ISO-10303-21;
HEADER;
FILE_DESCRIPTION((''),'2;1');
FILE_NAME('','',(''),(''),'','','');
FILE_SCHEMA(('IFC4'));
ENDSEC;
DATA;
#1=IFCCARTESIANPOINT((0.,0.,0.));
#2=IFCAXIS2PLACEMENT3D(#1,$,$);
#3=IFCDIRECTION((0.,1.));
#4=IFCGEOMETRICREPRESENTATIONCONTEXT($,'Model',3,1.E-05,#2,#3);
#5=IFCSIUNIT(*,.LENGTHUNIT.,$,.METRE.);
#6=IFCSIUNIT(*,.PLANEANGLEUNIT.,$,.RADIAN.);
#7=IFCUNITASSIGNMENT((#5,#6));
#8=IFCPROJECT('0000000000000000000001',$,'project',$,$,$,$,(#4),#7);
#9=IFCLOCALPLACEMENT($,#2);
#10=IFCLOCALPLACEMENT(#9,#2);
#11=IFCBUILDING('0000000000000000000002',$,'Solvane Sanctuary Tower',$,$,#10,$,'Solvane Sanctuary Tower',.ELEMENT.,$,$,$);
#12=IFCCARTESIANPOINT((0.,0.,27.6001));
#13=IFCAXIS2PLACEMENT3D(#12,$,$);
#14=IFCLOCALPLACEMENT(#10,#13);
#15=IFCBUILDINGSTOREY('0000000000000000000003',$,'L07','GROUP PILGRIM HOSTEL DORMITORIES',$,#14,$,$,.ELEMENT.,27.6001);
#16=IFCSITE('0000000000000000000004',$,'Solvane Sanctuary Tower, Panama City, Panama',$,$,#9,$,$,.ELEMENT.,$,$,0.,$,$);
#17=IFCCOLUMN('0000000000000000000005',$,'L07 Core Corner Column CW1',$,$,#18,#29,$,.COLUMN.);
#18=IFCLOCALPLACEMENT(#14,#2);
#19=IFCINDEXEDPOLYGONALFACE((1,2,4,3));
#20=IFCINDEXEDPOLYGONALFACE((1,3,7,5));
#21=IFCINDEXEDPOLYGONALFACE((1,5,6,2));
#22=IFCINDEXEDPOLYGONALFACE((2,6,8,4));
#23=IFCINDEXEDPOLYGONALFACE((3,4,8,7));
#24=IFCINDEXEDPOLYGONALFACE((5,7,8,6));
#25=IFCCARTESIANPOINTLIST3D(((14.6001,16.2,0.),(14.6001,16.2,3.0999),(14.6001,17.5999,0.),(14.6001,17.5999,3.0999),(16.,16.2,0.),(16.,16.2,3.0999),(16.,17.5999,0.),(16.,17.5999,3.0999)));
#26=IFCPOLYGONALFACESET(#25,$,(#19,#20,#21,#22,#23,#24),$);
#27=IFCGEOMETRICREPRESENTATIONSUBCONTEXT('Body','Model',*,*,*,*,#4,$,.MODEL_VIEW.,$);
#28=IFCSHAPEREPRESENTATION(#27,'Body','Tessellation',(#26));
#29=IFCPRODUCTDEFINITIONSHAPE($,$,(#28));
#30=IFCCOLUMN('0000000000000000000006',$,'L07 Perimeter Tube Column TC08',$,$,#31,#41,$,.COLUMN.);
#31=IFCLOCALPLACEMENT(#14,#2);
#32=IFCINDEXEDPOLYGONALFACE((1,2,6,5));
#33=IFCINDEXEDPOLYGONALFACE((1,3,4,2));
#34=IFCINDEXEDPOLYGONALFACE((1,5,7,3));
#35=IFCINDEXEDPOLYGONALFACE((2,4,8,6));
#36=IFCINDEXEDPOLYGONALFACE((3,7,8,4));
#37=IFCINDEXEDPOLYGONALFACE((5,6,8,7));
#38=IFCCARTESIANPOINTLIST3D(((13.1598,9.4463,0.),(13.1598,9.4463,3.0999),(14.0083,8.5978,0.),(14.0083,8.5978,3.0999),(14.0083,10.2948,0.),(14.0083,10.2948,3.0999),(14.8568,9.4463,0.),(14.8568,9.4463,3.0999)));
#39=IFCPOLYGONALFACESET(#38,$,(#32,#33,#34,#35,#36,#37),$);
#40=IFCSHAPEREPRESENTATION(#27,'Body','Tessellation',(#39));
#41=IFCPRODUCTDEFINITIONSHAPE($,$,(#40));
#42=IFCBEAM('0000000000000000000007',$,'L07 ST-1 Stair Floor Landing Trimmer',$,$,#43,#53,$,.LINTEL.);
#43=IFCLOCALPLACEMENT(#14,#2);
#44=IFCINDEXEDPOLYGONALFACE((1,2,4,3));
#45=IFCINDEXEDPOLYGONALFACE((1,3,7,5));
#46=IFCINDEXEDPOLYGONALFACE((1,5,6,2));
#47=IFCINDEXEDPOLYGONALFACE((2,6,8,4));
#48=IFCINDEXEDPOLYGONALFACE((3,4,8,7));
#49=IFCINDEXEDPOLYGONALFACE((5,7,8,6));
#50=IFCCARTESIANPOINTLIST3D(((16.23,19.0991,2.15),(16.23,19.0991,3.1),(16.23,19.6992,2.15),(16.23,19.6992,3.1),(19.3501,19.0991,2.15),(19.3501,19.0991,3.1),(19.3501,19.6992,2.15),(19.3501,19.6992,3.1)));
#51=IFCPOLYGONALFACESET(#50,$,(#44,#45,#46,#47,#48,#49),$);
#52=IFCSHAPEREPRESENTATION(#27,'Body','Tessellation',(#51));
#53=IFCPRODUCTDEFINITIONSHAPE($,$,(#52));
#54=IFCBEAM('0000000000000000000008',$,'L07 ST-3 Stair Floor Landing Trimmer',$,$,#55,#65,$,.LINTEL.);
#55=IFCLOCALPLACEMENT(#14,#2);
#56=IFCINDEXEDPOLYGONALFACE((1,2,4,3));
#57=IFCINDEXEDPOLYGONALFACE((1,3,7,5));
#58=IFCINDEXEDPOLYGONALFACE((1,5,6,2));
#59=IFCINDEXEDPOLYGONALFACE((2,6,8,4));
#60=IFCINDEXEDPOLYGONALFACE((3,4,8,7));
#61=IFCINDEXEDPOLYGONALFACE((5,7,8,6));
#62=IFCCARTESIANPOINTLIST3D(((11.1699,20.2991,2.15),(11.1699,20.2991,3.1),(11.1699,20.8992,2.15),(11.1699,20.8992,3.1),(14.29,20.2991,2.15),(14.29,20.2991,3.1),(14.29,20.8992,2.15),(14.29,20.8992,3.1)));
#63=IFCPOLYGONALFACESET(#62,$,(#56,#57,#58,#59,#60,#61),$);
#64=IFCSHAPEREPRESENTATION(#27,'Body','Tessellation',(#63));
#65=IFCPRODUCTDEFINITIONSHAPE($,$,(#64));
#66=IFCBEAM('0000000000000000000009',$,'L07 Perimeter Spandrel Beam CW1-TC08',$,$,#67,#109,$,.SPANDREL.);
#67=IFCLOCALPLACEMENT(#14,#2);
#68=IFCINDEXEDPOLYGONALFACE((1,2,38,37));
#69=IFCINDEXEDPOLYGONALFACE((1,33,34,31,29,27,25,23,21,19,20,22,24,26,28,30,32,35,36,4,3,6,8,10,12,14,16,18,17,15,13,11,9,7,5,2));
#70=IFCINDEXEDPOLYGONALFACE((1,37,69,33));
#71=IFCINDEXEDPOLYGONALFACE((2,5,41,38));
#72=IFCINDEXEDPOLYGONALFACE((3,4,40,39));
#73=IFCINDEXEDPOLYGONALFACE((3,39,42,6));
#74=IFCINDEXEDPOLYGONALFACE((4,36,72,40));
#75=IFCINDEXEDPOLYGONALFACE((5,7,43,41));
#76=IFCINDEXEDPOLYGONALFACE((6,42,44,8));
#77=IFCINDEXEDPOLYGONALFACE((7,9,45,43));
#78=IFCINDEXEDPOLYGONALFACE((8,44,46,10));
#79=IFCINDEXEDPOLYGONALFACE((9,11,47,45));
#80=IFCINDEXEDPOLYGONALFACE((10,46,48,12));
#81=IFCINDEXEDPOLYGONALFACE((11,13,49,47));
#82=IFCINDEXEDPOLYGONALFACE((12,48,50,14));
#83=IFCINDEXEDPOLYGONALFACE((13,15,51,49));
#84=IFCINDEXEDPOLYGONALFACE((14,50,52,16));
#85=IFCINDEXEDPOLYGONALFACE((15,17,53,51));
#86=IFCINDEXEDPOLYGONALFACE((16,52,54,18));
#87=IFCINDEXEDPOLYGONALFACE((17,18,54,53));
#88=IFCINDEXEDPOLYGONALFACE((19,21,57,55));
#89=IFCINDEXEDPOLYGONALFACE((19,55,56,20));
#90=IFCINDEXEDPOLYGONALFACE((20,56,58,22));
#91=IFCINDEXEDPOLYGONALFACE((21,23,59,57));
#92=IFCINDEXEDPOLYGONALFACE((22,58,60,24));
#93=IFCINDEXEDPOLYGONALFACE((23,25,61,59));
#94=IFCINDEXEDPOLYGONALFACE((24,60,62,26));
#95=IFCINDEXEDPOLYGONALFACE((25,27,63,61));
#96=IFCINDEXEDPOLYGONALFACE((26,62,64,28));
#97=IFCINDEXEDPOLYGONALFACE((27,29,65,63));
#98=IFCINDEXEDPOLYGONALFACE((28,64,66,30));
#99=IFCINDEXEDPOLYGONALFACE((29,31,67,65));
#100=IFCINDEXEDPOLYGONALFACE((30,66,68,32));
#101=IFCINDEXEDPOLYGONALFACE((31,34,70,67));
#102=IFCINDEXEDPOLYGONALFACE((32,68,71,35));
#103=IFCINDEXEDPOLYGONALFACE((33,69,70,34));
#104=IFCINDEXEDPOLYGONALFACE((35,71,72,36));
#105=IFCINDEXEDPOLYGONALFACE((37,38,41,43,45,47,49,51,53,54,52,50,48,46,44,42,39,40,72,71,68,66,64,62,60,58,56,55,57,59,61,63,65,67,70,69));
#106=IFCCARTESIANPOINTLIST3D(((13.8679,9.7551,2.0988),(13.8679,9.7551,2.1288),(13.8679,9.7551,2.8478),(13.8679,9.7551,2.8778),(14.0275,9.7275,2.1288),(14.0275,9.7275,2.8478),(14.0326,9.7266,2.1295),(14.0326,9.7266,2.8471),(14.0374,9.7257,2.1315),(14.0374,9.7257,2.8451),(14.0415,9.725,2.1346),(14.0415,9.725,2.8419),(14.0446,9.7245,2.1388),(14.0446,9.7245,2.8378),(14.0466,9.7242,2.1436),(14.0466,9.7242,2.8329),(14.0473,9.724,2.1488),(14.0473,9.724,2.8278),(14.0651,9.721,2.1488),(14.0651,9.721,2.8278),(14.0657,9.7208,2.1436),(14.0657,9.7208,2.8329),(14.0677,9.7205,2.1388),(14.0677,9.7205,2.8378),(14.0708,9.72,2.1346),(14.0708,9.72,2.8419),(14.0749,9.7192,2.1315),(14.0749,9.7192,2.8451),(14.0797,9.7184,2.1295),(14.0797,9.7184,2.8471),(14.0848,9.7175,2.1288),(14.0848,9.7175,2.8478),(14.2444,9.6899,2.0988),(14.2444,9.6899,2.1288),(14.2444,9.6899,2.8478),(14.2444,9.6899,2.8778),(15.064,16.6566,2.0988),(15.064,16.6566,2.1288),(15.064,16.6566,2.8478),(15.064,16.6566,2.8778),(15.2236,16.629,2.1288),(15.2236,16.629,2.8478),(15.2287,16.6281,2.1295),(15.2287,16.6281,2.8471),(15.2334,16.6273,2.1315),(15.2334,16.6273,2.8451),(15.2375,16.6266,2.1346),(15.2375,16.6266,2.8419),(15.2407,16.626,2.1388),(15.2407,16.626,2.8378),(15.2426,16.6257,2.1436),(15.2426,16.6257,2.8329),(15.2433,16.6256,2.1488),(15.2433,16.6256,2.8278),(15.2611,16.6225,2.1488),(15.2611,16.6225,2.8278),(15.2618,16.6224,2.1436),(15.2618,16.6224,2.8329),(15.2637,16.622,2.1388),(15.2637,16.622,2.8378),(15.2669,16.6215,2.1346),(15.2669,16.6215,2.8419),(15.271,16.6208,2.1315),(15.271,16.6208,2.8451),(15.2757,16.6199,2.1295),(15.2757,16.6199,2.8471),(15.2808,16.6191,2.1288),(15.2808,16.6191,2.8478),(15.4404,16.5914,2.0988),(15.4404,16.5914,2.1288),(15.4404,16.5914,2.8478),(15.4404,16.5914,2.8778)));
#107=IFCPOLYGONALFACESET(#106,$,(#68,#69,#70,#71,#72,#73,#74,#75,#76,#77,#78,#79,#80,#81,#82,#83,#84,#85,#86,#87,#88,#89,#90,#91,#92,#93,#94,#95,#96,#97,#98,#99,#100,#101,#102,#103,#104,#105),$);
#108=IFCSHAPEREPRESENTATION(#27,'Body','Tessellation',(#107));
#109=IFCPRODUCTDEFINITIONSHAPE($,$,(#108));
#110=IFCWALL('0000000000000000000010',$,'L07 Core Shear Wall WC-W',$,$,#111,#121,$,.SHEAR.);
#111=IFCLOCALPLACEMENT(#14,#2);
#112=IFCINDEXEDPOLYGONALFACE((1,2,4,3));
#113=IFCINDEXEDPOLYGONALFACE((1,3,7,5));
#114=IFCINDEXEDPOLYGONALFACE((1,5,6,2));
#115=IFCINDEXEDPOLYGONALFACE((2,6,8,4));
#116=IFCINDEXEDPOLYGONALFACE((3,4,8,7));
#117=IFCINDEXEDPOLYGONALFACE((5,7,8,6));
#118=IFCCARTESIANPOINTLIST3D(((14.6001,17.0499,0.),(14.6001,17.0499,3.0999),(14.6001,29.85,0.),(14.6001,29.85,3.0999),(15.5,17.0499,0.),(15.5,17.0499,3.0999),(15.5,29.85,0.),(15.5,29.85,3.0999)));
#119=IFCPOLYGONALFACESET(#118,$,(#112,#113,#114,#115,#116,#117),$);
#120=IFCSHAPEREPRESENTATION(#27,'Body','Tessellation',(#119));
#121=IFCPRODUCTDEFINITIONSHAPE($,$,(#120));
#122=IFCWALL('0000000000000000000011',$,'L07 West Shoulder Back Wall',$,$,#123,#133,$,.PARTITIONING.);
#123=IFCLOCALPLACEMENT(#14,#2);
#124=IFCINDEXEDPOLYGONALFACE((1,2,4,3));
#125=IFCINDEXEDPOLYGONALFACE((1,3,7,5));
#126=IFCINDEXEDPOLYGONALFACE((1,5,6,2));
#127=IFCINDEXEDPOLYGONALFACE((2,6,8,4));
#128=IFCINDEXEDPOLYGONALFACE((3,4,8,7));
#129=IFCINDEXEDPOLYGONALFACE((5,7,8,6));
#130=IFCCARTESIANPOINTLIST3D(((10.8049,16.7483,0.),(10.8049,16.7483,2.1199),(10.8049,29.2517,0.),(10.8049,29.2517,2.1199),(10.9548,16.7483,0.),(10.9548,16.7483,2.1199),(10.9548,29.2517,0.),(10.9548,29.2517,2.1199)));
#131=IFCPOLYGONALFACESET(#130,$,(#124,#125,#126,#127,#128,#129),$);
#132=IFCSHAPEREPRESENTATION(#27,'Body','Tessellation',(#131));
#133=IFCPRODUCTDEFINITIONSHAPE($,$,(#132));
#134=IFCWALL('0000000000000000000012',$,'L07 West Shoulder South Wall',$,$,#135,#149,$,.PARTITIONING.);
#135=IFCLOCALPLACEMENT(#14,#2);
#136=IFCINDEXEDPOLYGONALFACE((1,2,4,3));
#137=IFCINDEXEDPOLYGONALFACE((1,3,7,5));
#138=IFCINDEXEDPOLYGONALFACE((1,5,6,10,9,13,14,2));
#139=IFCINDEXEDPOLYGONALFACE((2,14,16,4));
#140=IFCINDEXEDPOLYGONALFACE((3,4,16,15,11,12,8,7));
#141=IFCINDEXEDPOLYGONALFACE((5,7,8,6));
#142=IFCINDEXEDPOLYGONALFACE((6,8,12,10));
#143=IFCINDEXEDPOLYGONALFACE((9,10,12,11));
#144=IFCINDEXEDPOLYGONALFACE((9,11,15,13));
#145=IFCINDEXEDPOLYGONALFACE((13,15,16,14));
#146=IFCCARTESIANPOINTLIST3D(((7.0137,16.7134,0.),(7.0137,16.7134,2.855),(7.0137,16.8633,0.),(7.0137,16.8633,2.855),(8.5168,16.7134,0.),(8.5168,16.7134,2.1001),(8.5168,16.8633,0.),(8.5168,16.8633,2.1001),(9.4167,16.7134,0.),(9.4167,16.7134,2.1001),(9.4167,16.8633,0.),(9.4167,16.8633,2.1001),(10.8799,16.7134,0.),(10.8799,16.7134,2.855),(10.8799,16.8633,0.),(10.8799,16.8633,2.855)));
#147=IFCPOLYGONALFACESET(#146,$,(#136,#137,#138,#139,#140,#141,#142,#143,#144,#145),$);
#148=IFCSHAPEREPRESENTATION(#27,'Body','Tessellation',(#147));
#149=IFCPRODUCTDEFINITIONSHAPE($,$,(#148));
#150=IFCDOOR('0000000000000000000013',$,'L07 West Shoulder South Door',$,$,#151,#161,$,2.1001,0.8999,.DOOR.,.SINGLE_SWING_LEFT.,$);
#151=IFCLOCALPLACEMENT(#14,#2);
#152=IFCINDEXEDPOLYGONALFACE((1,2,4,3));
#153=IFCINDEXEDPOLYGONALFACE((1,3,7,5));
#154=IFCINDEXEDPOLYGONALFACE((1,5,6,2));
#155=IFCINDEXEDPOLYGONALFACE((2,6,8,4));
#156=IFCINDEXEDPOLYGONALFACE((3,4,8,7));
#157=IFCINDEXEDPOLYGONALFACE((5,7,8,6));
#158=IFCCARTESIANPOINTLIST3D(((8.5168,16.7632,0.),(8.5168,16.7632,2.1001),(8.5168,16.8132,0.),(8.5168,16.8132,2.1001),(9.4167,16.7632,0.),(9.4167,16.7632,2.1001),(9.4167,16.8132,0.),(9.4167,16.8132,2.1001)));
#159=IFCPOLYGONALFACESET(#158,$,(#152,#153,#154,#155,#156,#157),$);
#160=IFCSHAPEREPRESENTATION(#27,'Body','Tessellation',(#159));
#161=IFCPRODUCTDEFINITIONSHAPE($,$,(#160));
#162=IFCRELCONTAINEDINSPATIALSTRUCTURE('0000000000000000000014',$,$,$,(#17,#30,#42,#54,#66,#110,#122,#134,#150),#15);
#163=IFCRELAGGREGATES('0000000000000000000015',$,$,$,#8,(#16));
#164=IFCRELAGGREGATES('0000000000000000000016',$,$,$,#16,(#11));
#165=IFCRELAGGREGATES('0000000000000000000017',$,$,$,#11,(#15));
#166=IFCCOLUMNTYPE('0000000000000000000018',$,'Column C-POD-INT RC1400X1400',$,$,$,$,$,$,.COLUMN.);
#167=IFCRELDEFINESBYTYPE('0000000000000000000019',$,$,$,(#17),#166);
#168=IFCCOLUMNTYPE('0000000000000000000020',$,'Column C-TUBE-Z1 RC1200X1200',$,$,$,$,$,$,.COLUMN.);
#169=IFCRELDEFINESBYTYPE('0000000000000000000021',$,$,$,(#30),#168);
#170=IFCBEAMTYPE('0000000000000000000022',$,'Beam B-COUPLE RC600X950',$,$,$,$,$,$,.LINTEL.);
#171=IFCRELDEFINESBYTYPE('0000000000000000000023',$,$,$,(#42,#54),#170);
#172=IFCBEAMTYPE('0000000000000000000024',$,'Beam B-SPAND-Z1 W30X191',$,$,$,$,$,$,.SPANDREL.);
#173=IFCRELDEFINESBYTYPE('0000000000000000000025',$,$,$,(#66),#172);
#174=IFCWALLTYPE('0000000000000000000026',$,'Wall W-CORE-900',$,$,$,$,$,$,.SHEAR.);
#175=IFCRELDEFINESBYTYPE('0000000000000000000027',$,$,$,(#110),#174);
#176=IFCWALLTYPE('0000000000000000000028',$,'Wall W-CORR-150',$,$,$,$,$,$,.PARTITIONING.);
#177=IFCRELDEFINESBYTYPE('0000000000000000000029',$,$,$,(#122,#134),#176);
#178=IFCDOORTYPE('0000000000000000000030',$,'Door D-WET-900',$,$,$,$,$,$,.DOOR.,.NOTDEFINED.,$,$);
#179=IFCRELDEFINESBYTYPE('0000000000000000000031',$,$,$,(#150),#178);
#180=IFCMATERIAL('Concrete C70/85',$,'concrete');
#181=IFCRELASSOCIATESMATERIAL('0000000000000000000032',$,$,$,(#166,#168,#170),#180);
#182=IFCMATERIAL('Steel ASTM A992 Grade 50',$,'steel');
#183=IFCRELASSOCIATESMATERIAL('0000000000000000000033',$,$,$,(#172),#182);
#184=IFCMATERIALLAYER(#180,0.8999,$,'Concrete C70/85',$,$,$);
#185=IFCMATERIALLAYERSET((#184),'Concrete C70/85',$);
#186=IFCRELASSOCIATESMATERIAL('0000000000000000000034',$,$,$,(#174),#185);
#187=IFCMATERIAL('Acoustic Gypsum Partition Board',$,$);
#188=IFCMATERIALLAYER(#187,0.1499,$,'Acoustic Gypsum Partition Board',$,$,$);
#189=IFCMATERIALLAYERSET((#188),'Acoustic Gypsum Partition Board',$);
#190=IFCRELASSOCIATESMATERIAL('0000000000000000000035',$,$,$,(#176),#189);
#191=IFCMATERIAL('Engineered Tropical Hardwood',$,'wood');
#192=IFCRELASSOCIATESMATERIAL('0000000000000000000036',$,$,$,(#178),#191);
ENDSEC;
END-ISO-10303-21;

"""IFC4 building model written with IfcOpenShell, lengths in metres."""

from ifc_helpers import new_model, si_unit, direction, frame, frame_2d, origin, origin_2d, place, context, subcontext, project, spatial, rectangle, i_section, extrude, material, layer, layer_set, material_profile, profile_set, type_object, element, fill, save


model = new_model("IFC4")

# Units and contexts
model_context = context("Model", 3, precision=1e-05, world=origin(), true_north=direction((0.0, 1.0)))
body_context = subcontext(model_context, "Body", "Model", "MODEL_VIEW")
ifc_project = project(units=[si_unit("LENGTHUNIT", "METRE"), si_unit("PLANEANGLEUNIT", "RADIAN")], contexts=[model_context])

# Site, building, storey
site_placement = place(None, origin())
site = spatial("IfcSite", under=ifc_project, at=site_placement, Name="Solvane Sanctuary Tower, Panama City, Panama", CompositionType="ELEMENT", RefElevation=0.0)
building_placement = place(site_placement, origin())
building = spatial("IfcBuilding", under=site, at=building_placement, Name="Solvane Sanctuary Tower", LongName="Solvane Sanctuary Tower", CompositionType="ELEMENT")
storey_placement = place(building_placement, frame((0.0, 0.0, 27.6001)))
storey = spatial("IfcBuildingStorey", under=building, at=storey_placement, Name="L07", Description="GROUP PILGRIM HOSTEL DORMITORIES", CompositionType="ELEMENT", Elevation=27.6001)

# Columns
ifc_material_1 = material(Name="Concrete C70/85", Category="concrete")
ifc_material_profile_1 = material_profile(ifc_material_1, rectangle(XDim=1.3999, YDim=1.3999, at=origin_2d()), Name="RC1400X1400")
ifc_profile_set_1 = profile_set([ifc_material_profile_1], Name="Concrete C70/85")
column_type_1 = type_object("IfcColumnType", Name="Column C-POD-INT RC1400X1400", PredefinedType="COLUMN", material=ifc_profile_set_1)
column_1_placement = place(storey_placement, frame((15.3, 16.8999, 0.0), z_axis=(0.0, 0.0, 1.0), x_axis=(1.0, 0.0, 0.0)))
element("IfcColumn", 1, at=column_1_placement, inside=storey, type_object=column_type_1, Name="L07 Core Corner Column CW1", PredefinedType="COLUMN", context=body_context, shape_type="SweptSolid", body=[
    extrude(rectangle(XDim=1.3999, YDim=1.3999, at=origin_2d()), origin(), (0.0, 0.0, 1.0), 3.0999),
])
ifc_material_profile_2 = material_profile(ifc_material_1, rectangle(XDim=1.2, YDim=1.2, at=origin_2d()), Name="RC1200X1200")
ifc_profile_set_2 = profile_set([ifc_material_profile_2], Name="Concrete C70/85")
column_type_2 = type_object("IfcColumnType", Name="Column C-TUBE-Z1 RC1200X1200", PredefinedType="COLUMN", material=ifc_profile_set_2)
column_2_placement = place(storey_placement, frame((14.0083, 9.4463, 0.0), z_axis=(0.0, 0.0, 1.0), x_axis=(-0.707107, -0.707107, 0.0)))
element("IfcColumn", 2, at=column_2_placement, inside=storey, type_object=column_type_2, Name="L07 Perimeter Tube Column TC08", PredefinedType="COLUMN", context=body_context, shape_type="SweptSolid", body=[
    extrude(rectangle(XDim=1.2, YDim=1.2, at=origin_2d()), origin(), (0.0, 0.0, 1.0), 3.0999),
])

# Beams
ifc_material_profile_3 = material_profile(ifc_material_1, rectangle(XDim=0.6001, YDim=0.95, at=origin_2d()), Name="RC600X950")
ifc_profile_set_3 = profile_set([ifc_material_profile_3], Name="Concrete C70/85")
beam_type_1 = type_object("IfcBeamType", Name="Beam B-COUPLE RC600X950", PredefinedType="LINTEL", material=ifc_profile_set_3)
for number, where, z_axis, x_axis, name in (
    (3, (16.23, 19.3992, 2.625), (1.0, 0.0, 0.0), (0.0, 1.0, 0.0), "L07 ST-1 Stair Floor Landing Trimmer"),
    (4, (11.1699, 20.5991, 2.625), (1.0, 0.0, 0.0), (0.0, 1.0, 0.0), "L07 ST-3 Stair Floor Landing Trimmer"),
):
    element("IfcBeam", number, at=place(storey_placement, frame(where, z_axis=z_axis, x_axis=x_axis)), inside=storey, type_object=beam_type_1, Name=name, PredefinedType="LINTEL", context=body_context, shape_type="SweptSolid", body=[
        extrude(rectangle(XDim=0.6001, YDim=0.95, at=origin_2d()), origin(), (0.0, 0.0, 1.0), 3.1201),
    ])
ifc_material_2 = material(Name="Steel ASTM A992 Grade 50", Category="steel")
ifc_material_profile_4 = material_profile(ifc_material_2, i_section(OverallWidth=0.3821, OverallDepth=0.7791, WebThickness=0.0181, FlangeThickness=0.03, FilletRadius=0.02, at=origin_2d()), Name="W30X191")
ifc_profile_set_4 = profile_set([ifc_material_profile_4], Name="Steel ASTM A992 Grade 50")
beam_type_2 = type_object("IfcBeamType", Name="Beam B-SPAND-Z1 W30X191", PredefinedType="SPANDREL", material=ifc_profile_set_4)
beam_placement = place(storey_placement, frame((15.2522, 16.624, 2.4883), z_axis=(-0.170754, -0.985314, 0.0), x_axis=(0.985314, -0.170754, 0.0)))
element("IfcBeam", 5, at=beam_placement, inside=storey, type_object=beam_type_2, Name="L07 Perimeter Spandrel Beam CW1-TC08", PredefinedType="SPANDREL", context=body_context, shape_type="SweptSolid", body=[
    extrude(i_section(OverallWidth=0.3821, OverallDepth=0.7791, WebThickness=0.0181, FlangeThickness=0.03, FilletRadius=0.02, at=origin_2d()), origin(), (0.0, 0.0, 1.0), 7.0044),
])

# Walls
ifc_layer_1 = layer(ifc_material_1, 0.8999, Name="Concrete C70/85")
ifc_layer_set_1 = layer_set([ifc_layer_1], Name="Concrete C70/85")
wall_type_1 = type_object("IfcWallType", Name="Wall W-CORE-900", PredefinedType="SHEAR", material=ifc_layer_set_1)
wall_1_placement = place(storey_placement, frame((15.05, 17.05, 0.0), z_axis=(0.0, 0.0, 1.0), x_axis=(0.0, 1.0, 0.0)))
element("IfcWall", 6, at=wall_1_placement, inside=storey, type_object=wall_type_1, Name="L07 Core Shear Wall WC-W", PredefinedType="SHEAR", context=body_context, shape_type="SweptSolid", body=[
    extrude(rectangle(XDim=12.8, YDim=0.8999, at=frame_2d((6.3999, 0.0))), origin(), (0.0, 0.0, 1.0), 3.0999),
])
ifc_material_3 = material(Name="Acoustic Gypsum Partition Board")
ifc_layer_2 = layer(ifc_material_3, 0.1499, Name="Acoustic Gypsum Partition Board")
ifc_layer_set_2 = layer_set([ifc_layer_2], Name="Acoustic Gypsum Partition Board")
wall_type_2 = type_object("IfcWallType", Name="Wall W-CORR-150", PredefinedType="PARTITIONING", material=ifc_layer_set_2)
wall_2_placement = place(storey_placement, frame((10.8799, 16.7483, 0.0), z_axis=(0.0, 0.0, 1.0), x_axis=(0.0, 1.0, 0.0)))
element("IfcWall", 7, at=wall_2_placement, inside=storey, type_object=wall_type_2, Name="L07 West Shoulder Back Wall", PredefinedType="PARTITIONING", context=body_context, shape_type="SweptSolid", body=[
    extrude(rectangle(XDim=12.5034, YDim=0.1499, at=frame_2d((6.2517, 0.0))), origin(), (0.0, 0.0, 1.0), 2.1199),
])

# Wall, opening, door
wall_3_placement = place(storey_placement, frame((7.0137, 16.7883, 0.0), z_axis=(0.0, 0.0, 1.0), x_axis=(1.0, 0.0, 0.0)))
wall_3 = element("IfcWall", 8, at=wall_3_placement, inside=storey, type_object=wall_type_2, Name="L07 West Shoulder South Wall", PredefinedType="PARTITIONING", context=body_context, shape_type="SweptSolid", body=[
    extrude(rectangle(XDim=3.8662, YDim=0.1499, at=frame_2d((1.9331, 0.0))), origin(), (0.0, 0.0, 1.0), 2.855),
])
opening_1_placement = place(wall_3_placement, frame((1.5032, 0.0, 0.0)))
opening_1 = element("IfcOpeningElement", 9, at=opening_1_placement, cuts=wall_3, PredefinedType="OPENING", context=body_context, shape_type="SweptSolid", body=[
    extrude(rectangle(XDim=0.8999, YDim=2.1001, at=frame_2d((0.45, 1.05))), frame((0.0, 0.085, 0.0), z_axis=(0.0, -1.0, 0.0), x_axis=(1.0, 0.0, 0.0)), (0.0, 0.0, 1.0), 0.1699),
])
ifc_material_4 = material(Name="Engineered Tropical Hardwood", Category="wood")
door_type_1 = type_object("IfcDoorType", Name="Door D-WET-900", OperationType="NOTDEFINED", PredefinedType="DOOR", material=ifc_material_4)
door_1_placement = place(opening_1_placement, origin())
door_1 = element("IfcDoor", 10, at=door_1_placement, inside=storey, type_object=door_type_1, Name="L07 West Shoulder South Door", OperationType="SINGLE_SWING_LEFT", OverallHeight=2.1001, OverallWidth=0.8999, PredefinedType="DOOR", context=body_context, shape_type="SweptSolid", body=[
    extrude(rectangle(XDim=0.8999, YDim=2.1001, at=frame_2d((0.45, 1.05))), frame((0.0, 0.0249, 0.0), z_axis=(0.0, -1.0, 0.0), x_axis=(1.0, 0.0, 0.0)), (0.0, 0.0, 1.0), 0.05),
])
fill(opening_1, door_1)

save(model, "model.ifc")
